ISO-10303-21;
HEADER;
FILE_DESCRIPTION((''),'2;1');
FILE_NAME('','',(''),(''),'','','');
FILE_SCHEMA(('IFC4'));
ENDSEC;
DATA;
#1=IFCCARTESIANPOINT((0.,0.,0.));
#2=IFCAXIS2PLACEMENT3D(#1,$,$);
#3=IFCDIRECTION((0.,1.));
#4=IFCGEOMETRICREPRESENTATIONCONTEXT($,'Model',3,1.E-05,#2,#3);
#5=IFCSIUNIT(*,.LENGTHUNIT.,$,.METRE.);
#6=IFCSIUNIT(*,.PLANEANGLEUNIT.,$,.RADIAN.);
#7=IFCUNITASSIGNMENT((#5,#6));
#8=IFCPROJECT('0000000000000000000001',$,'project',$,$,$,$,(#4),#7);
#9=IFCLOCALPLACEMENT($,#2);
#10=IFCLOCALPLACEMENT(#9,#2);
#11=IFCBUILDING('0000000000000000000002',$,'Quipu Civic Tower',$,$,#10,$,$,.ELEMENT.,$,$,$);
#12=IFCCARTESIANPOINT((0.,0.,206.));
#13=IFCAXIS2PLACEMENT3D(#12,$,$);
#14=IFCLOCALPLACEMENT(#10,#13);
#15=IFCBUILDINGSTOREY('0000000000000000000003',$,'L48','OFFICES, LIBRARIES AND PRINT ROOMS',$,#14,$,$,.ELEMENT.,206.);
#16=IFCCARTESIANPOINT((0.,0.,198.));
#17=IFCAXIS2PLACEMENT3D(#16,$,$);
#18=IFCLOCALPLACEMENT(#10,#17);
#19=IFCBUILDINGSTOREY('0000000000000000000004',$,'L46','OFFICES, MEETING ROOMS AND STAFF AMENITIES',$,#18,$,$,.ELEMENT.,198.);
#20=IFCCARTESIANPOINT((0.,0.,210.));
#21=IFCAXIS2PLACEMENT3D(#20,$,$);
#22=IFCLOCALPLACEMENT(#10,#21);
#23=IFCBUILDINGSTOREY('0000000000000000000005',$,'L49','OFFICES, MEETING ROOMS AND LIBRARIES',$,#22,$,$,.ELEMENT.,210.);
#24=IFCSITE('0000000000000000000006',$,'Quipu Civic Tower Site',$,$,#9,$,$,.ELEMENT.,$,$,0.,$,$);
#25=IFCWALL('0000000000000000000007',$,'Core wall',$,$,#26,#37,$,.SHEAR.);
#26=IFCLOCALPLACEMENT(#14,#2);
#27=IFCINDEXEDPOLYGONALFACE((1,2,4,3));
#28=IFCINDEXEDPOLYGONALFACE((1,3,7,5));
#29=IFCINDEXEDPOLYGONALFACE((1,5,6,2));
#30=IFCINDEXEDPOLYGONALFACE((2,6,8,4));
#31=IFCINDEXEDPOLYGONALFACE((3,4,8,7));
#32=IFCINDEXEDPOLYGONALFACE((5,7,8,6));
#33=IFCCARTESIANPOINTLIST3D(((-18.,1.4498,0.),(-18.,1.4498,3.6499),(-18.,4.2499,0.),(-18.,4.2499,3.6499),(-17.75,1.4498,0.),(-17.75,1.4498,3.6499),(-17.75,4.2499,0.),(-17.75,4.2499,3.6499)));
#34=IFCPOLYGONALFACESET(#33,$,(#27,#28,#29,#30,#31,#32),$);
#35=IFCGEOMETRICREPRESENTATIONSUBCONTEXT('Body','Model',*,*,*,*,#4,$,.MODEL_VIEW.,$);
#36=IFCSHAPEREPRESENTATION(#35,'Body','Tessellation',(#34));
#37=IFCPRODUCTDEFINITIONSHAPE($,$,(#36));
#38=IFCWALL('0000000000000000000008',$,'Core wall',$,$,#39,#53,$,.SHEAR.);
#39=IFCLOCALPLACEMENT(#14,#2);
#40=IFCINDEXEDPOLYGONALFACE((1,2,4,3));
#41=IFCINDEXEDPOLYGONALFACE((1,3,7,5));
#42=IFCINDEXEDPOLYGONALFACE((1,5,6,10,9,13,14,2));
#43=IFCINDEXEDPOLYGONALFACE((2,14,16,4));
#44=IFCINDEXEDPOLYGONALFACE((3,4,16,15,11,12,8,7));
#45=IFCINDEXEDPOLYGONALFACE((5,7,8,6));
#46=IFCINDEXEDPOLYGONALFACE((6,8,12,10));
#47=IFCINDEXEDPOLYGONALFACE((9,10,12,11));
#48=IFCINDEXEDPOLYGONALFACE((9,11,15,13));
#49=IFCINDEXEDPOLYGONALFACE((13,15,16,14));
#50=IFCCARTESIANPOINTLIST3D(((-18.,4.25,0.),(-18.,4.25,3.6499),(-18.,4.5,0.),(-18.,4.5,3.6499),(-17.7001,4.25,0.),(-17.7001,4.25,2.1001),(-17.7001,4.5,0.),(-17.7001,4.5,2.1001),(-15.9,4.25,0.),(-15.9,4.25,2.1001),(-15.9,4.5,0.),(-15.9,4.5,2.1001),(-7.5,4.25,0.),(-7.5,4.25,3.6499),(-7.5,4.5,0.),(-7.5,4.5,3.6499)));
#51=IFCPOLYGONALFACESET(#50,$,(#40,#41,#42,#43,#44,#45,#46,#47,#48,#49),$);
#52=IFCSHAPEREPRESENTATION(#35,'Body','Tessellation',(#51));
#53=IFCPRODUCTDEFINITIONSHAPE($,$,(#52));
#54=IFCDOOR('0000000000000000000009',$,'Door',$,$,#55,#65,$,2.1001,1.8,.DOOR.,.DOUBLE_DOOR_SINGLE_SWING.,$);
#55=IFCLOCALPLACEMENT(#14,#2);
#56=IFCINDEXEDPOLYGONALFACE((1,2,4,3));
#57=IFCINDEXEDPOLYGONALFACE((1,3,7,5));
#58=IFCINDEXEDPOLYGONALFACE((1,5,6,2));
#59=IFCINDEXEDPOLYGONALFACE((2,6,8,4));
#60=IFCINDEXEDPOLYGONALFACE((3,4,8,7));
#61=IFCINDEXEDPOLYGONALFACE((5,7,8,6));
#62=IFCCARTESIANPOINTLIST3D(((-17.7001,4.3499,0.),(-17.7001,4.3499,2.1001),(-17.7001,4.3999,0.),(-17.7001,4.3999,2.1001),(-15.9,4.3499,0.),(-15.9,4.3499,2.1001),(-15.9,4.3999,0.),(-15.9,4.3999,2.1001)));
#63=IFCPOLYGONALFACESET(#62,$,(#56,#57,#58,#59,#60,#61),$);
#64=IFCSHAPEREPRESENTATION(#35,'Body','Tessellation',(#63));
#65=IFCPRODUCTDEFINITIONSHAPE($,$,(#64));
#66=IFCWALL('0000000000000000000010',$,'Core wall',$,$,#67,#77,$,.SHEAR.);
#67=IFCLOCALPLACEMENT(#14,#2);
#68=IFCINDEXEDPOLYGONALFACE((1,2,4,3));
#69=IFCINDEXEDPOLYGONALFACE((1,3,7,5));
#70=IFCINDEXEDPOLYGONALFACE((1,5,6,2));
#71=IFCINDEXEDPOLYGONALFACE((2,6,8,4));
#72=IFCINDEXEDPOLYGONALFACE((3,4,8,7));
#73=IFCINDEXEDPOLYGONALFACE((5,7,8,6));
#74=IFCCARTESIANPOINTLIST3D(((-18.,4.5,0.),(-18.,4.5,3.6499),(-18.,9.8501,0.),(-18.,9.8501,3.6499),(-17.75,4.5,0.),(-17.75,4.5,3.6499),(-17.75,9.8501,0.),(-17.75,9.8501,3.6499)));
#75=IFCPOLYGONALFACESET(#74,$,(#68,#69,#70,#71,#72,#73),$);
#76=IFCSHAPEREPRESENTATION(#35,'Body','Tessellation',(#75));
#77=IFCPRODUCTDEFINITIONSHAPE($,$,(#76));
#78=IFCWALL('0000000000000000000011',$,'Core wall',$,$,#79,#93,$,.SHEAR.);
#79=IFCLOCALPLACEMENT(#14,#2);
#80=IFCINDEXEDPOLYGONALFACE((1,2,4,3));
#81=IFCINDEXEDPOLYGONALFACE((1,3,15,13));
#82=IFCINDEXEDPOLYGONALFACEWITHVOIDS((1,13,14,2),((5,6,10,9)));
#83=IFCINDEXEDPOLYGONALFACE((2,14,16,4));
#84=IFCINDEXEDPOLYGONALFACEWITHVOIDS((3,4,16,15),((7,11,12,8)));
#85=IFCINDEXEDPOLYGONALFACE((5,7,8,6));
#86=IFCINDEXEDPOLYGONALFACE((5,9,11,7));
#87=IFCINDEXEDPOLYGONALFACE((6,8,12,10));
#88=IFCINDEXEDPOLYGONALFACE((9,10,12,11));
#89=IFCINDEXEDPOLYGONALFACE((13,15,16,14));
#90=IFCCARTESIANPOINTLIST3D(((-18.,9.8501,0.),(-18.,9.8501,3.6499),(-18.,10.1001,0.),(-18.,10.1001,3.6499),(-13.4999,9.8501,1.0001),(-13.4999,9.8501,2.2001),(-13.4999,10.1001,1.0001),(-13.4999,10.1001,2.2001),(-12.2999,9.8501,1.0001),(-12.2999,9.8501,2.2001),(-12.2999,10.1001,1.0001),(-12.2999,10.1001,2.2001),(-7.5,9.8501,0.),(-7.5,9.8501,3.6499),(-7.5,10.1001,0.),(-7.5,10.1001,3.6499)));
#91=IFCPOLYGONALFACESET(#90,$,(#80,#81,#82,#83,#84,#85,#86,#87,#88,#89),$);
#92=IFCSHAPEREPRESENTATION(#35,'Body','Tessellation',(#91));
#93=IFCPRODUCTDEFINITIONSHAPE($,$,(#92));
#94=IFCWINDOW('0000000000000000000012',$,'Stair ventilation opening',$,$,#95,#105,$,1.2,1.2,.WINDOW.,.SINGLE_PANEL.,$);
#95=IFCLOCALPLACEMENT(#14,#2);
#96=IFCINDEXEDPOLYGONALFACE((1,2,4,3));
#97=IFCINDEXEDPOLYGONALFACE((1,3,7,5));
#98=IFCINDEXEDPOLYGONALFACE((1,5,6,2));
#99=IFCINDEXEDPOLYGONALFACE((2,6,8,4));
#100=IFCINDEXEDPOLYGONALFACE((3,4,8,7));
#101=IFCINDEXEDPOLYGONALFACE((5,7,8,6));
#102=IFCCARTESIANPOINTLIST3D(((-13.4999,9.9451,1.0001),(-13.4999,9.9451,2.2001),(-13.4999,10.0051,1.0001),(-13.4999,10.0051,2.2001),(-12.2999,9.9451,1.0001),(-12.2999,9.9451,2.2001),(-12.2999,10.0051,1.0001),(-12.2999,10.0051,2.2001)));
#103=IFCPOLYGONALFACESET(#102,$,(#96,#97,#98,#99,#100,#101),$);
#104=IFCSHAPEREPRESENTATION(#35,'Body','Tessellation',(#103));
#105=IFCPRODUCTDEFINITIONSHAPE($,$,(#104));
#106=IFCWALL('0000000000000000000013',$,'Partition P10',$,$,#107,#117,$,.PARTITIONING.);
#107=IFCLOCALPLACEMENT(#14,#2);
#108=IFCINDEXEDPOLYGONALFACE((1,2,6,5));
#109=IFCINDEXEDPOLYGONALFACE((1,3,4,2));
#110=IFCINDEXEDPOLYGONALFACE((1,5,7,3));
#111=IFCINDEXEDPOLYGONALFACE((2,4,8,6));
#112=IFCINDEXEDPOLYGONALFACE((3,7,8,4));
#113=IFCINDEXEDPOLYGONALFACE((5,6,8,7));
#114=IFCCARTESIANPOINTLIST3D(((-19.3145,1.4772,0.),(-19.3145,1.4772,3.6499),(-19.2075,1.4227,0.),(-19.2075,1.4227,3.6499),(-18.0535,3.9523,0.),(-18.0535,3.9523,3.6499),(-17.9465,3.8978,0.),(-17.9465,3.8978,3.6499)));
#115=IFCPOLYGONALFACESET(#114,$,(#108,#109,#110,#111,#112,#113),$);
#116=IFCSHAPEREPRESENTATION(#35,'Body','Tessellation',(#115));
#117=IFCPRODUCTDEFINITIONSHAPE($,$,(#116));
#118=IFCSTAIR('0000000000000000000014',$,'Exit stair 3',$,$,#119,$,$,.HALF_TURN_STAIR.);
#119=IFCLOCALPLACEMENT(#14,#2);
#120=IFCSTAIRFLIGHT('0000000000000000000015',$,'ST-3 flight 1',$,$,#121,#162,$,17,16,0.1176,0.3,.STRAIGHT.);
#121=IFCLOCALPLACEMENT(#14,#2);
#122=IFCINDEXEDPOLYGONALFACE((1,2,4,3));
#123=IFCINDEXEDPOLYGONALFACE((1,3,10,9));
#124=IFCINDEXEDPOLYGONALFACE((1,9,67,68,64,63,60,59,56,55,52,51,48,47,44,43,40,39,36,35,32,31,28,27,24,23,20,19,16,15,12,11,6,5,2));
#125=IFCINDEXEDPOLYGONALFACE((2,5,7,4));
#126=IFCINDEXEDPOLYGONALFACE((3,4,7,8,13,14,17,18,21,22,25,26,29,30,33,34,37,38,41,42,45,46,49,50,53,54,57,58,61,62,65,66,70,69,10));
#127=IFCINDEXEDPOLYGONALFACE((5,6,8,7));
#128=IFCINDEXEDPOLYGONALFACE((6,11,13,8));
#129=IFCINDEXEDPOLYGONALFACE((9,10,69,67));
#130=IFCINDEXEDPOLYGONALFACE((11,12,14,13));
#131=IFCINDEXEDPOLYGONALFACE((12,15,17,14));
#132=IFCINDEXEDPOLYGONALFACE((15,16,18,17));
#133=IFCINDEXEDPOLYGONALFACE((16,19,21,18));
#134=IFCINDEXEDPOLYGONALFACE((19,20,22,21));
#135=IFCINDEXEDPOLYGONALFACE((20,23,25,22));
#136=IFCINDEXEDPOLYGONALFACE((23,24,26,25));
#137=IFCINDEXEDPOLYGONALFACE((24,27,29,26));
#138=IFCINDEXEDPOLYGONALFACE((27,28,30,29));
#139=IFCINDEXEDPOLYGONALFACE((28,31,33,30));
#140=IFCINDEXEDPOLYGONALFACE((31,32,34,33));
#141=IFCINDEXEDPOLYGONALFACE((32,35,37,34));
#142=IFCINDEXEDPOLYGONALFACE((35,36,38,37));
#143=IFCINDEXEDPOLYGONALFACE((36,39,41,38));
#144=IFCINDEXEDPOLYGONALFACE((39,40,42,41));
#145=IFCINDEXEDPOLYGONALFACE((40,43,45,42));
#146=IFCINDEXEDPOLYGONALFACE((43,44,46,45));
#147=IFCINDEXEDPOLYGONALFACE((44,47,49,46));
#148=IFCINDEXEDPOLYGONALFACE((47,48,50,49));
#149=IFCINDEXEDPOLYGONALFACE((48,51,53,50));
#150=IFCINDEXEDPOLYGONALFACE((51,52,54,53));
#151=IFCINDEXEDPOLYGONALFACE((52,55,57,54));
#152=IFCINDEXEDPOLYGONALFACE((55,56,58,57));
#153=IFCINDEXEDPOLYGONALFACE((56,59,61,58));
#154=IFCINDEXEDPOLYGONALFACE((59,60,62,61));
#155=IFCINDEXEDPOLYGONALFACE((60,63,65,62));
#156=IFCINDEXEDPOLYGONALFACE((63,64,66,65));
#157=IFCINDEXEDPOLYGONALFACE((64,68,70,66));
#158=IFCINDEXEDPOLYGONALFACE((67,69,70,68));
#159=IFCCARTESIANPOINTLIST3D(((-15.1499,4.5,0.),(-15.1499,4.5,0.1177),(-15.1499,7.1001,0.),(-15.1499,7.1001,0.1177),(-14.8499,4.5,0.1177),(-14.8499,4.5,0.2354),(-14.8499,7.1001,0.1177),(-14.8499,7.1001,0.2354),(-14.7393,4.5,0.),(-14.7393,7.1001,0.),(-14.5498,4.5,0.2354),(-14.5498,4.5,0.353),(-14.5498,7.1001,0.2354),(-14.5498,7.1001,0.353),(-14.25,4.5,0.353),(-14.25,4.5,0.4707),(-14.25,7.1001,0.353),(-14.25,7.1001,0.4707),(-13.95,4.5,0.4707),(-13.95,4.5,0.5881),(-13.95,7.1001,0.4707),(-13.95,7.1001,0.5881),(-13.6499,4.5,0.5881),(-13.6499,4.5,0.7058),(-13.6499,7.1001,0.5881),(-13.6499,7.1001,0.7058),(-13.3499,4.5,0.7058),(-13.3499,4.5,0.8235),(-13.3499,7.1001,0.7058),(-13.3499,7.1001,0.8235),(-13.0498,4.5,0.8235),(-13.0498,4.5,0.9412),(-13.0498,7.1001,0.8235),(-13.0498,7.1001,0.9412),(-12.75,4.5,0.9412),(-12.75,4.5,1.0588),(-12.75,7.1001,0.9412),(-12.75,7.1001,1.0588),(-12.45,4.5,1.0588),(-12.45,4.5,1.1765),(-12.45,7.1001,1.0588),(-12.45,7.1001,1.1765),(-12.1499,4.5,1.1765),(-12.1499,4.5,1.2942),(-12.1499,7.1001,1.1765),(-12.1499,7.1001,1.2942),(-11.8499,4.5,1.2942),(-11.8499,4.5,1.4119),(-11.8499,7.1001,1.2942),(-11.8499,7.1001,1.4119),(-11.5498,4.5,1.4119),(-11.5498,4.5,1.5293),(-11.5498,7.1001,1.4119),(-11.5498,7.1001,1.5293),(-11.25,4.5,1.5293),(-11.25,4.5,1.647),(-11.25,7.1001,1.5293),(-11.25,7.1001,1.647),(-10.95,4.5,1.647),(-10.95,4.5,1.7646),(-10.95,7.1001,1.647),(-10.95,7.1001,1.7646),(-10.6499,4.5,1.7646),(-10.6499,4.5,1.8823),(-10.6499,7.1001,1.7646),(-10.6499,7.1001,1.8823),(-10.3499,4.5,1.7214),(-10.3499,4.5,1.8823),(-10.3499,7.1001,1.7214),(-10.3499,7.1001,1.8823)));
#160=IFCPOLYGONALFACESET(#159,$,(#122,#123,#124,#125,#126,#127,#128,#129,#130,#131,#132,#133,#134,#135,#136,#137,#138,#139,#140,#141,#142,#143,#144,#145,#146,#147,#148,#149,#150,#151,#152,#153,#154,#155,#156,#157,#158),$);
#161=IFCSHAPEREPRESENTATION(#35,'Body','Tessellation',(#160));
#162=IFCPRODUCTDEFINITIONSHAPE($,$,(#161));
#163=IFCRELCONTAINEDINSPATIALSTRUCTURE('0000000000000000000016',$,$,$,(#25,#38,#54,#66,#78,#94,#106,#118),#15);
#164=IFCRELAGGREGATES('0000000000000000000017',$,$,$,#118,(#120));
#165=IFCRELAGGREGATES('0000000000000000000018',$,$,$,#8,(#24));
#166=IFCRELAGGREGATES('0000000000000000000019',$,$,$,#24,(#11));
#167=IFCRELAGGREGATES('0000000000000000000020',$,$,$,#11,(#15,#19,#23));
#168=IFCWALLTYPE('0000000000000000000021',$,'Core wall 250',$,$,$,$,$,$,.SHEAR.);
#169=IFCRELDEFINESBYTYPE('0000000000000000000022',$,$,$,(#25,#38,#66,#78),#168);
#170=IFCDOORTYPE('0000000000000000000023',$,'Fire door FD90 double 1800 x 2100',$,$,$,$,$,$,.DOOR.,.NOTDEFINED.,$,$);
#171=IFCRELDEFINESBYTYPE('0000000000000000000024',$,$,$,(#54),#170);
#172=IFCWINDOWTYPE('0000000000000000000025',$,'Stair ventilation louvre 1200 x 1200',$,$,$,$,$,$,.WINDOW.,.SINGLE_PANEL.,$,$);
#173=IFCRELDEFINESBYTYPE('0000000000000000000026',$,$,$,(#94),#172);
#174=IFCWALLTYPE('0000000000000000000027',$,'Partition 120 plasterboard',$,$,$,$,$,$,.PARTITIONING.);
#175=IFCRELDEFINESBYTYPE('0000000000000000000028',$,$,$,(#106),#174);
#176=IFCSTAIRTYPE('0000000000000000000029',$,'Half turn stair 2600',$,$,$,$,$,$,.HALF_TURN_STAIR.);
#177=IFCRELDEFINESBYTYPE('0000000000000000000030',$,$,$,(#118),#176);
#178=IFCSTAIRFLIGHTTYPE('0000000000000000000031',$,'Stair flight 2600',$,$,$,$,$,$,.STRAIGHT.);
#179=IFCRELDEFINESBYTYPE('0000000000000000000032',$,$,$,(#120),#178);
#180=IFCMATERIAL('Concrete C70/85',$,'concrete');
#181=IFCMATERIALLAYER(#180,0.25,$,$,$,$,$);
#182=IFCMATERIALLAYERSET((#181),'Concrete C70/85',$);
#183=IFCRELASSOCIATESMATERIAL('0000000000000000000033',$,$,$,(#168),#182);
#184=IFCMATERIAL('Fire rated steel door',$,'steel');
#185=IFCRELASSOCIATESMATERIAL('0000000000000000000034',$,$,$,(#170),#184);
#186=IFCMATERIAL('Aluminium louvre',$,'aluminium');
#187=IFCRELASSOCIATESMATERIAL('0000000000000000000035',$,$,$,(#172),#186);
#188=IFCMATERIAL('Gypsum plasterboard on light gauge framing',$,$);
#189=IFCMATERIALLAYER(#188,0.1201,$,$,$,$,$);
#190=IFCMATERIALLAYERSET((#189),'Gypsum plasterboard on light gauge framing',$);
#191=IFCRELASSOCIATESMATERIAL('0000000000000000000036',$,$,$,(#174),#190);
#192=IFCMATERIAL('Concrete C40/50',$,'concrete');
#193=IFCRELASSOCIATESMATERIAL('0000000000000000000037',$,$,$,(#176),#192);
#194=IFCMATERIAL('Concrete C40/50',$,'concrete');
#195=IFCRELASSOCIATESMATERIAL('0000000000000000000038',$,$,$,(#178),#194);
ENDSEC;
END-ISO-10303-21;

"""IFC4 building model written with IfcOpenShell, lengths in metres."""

from ifc_helpers import new_model, si_unit, direction, frame, frame_2d, origin, place, context, subcontext, project, spatial, polyline, rectangle, outline, extrude, material, layer, layer_set, type_object, element, fill, aggregate, save


model = new_model("IFC4")

# Units and contexts
model_context = context("Model", 3, precision=1e-05, world=origin(), true_north=direction((0.0, 1.0)))
body_context = subcontext(model_context, "Body", "Model", "MODEL_VIEW")
ifc_project = project(units=[si_unit("LENGTHUNIT", "METRE"), si_unit("PLANEANGLEUNIT", "RADIAN")], contexts=[model_context])

# Site, building, storey
site_placement = place(None, origin())
site = spatial("IfcSite", under=ifc_project, at=site_placement, Name="Quipu Civic Tower Site", CompositionType="ELEMENT", RefElevation=0.0)
building_placement = place(site_placement, origin())
building = spatial("IfcBuilding", under=site, at=building_placement, Name="Quipu Civic Tower", CompositionType="ELEMENT")
storey_1_placement = place(building_placement, frame((0.0, 0.0, 206.0)))
storey_1 = spatial("IfcBuildingStorey", under=building, at=storey_1_placement, Name="L48", Description="OFFICES, LIBRARIES AND PRINT ROOMS", CompositionType="ELEMENT", Elevation=206.0)

# Shared definitions
storey_2_placement = place(building_placement, frame((0.0, 0.0, 198.0)))
storey_2 = spatial("IfcBuildingStorey", under=building, at=storey_2_placement, Name="L46", Description="OFFICES, MEETING ROOMS AND STAFF AMENITIES", CompositionType="ELEMENT", Elevation=198.0)

# Shared definitions
storey_3_placement = place(building_placement, frame((0.0, 0.0, 210.0)))
storey_3 = spatial("IfcBuildingStorey", under=building, at=storey_3_placement, Name="L49", Description="OFFICES, MEETING ROOMS AND LIBRARIES", CompositionType="ELEMENT", Elevation=210.0)

# Wall
ifc_material_1 = material(Name="Concrete C70/85", Category="concrete")
ifc_layer_1 = layer(ifc_material_1, 0.25)
ifc_layer_set_1 = layer_set([ifc_layer_1], Name="Concrete C70/85")
wall_type_1 = type_object("IfcWallType", Name="Core wall 250", PredefinedType="SHEAR", material=ifc_layer_set_1)
wall_1_placement = place(storey_1_placement, frame((-17.875, 1.45, 0.0), z_axis=(0.0, 0.0, 1.0), x_axis=(0.0, 1.0, 0.0)))
element("IfcWall", 1, at=wall_1_placement, inside=storey_1, type_object=wall_type_1, Name="Core wall", PredefinedType="SHEAR", context=body_context, shape_type="SweptSolid", body=[
    extrude(rectangle(XDim=2.8, YDim=0.25, at=frame_2d((1.3999, 0.0))), origin(), (0.0, 0.0, 1.0), 3.6499),
])

# Wall, opening, door
wall_2_placement = place(storey_1_placement, frame((-18.0, 4.375, 0.0), z_axis=(0.0, 0.0, 1.0), x_axis=(1.0, 0.0, 0.0)))
wall_2 = element("IfcWall", 2, at=wall_2_placement, inside=storey_1, type_object=wall_type_1, Name="Core wall", PredefinedType="SHEAR", context=body_context, shape_type="SweptSolid", body=[
    extrude(rectangle(XDim=10.5, YDim=0.25, at=frame_2d((5.25, 0.0))), origin(), (0.0, 0.0, 1.0), 3.6499),
])
opening_1_placement = place(wall_2_placement, frame((0.3, 0.0, 0.0)))
opening_1 = element("IfcOpeningElement", 3, at=opening_1_placement, cuts=wall_2, PredefinedType="OPENING", context=body_context, shape_type="SweptSolid", body=[
    extrude(rectangle(XDim=1.8, YDim=2.1001, at=frame_2d((0.8999, 1.05))), frame((0.0, 0.135, 0.0), z_axis=(0.0, -1.0, 0.0), x_axis=(1.0, 0.0, 0.0)), (0.0, 0.0, 1.0), 0.27),
])
ifc_material_2 = material(Name="Fire rated steel door", Category="steel")
door_type = type_object("IfcDoorType", Name="Fire door FD90 double 1800 x 2100", OperationType="NOTDEFINED", PredefinedType="DOOR", material=ifc_material_2)
door_placement = place(opening_1_placement, origin())
door = element("IfcDoor", 4, at=door_placement, inside=storey_1, type_object=door_type, Name="Door", OperationType="DOUBLE_DOOR_SINGLE_SWING", OverallHeight=2.1001, OverallWidth=1.8, PredefinedType="DOOR", context=body_context, shape_type="SweptSolid", body=[
    extrude(rectangle(XDim=1.8, YDim=2.1001, at=frame_2d((0.8999, 1.05))), frame((0.0, 0.0249, 0.0), z_axis=(0.0, -1.0, 0.0), x_axis=(1.0, 0.0, 0.0)), (0.0, 0.0, 1.0), 0.05),
])
fill(opening_1, door)

# Wall
wall_3_placement = place(storey_1_placement, frame((-17.875, 4.5, 0.0), z_axis=(0.0, 0.0, 1.0), x_axis=(0.0, 1.0, 0.0)))
element("IfcWall", 5, at=wall_3_placement, inside=storey_1, type_object=wall_type_1, Name="Core wall", PredefinedType="SHEAR", context=body_context, shape_type="SweptSolid", body=[
    extrude(rectangle(XDim=5.3501, YDim=0.25, at=frame_2d((2.675, 0.0))), origin(), (0.0, 0.0, 1.0), 3.6499),
])

# Wall, opening, window
wall_4_placement = place(storey_1_placement, frame((-18.0, 9.9751, 0.0), z_axis=(0.0, 0.0, 1.0), x_axis=(1.0, 0.0, 0.0)))
wall_4 = element("IfcWall", 6, at=wall_4_placement, inside=storey_1, type_object=wall_type_1, Name="Core wall", PredefinedType="SHEAR", context=body_context, shape_type="SweptSolid", body=[
    extrude(rectangle(XDim=10.5, YDim=0.25, at=frame_2d((5.25, 0.0))), origin(), (0.0, 0.0, 1.0), 3.6499),
])
opening_2_placement = place(wall_4_placement, frame((4.5, 0.0, 1.0)))
opening_2 = element("IfcOpeningElement", 7, at=opening_2_placement, cuts=wall_4, PredefinedType="OPENING", context=body_context, shape_type="SweptSolid", body=[
    extrude(rectangle(XDim=1.2, YDim=1.2, at=frame_2d((0.6001, 0.6001))), frame((0.0, 0.135, 0.0), z_axis=(0.0, -1.0, 0.0), x_axis=(1.0, 0.0, 0.0)), (0.0, 0.0, 1.0), 0.27),
])
ifc_material_3 = material(Name="Aluminium louvre", Category="aluminium")
window_type = type_object("IfcWindowType", Name="Stair ventilation louvre 1200 x 1200", PartitioningType="SINGLE_PANEL", PredefinedType="WINDOW", material=ifc_material_3)
window_placement = place(opening_2_placement, origin())
window = element("IfcWindow", 8, at=window_placement, inside=storey_1, type_object=window_type, Name="Stair ventilation opening", OverallHeight=1.2, OverallWidth=1.2, PartitioningType="SINGLE_PANEL", PredefinedType="WINDOW", context=body_context, shape_type="SweptSolid", body=[
    extrude(rectangle(XDim=1.2, YDim=1.2, at=frame_2d((0.6001, 0.6001))), frame((0.0, 0.03, 0.0), z_axis=(0.0, -1.0, 0.0), x_axis=(1.0, 0.0, 0.0)), (0.0, 0.0, 1.0), 0.0601),
])
fill(opening_2, window)

# Wall
ifc_material_4 = material(Name="Gypsum plasterboard on light gauge framing")
ifc_layer_2 = layer(ifc_material_4, 0.1201)
ifc_layer_set_2 = layer_set([ifc_layer_2], Name="Gypsum plasterboard on light gauge framing")
wall_type_2 = type_object("IfcWallType", Name="Partition 120 plasterboard", PredefinedType="PARTITIONING", material=ifc_layer_set_2)
wall_5_placement = place(storey_1_placement, frame((-19.261, 1.45, 0.0), z_axis=(0.0, 0.0, 1.0), x_axis=(0.453951, 0.891027, 0.0)))
element("IfcWall", 9, at=wall_5_placement, inside=storey_1, type_object=wall_type_2, Name="Partition P10", PredefinedType="PARTITIONING", context=body_context, shape_type="SweptSolid", body=[
    extrude(rectangle(XDim=2.7778, YDim=0.1201, at=frame_2d((1.3889, 0.0))), origin(), (0.0, 0.0, 1.0), 3.6499),
])

# Stair, stair flight
ifc_material_5 = material(Name="Concrete C40/50", Category="concrete")
stair_type = type_object("IfcStairType", Name="Half turn stair 2600", PredefinedType="HALF_TURN_STAIR", material=ifc_material_5)
stair_placement = place(storey_1_placement, origin())
stair = element("IfcStair", 10, at=stair_placement, inside=storey_1, type_object=stair_type, Name="Exit stair 3", PredefinedType="HALF_TURN_STAIR")
ifc_material_6 = material(Name="Concrete C40/50", Category="concrete")
stair_flight_type = type_object("IfcStairFlightType", Name="Stair flight 2600", PredefinedType="STRAIGHT", material=ifc_material_6)
stair_flight_placement = place(storey_1_placement, frame((-15.1499, 5.8, 0.0), z_axis=(0.0, 0.0, 1.0), x_axis=(1.0, 0.0, 0.0)))
stair_flight = element("IfcStairFlight", 11, at=stair_flight_placement, type_object=stair_flight_type, Name="ST-3 flight 1", NumberOfRisers=17, NumberOfTreads=16, PredefinedType="STRAIGHT", RiserHeight=0.1176, TreadLength=0.3, context=body_context, shape_type="SweptSolid", body=[
    extrude(outline(polyline([(0.0, 0.0), (0.0, 0.1177), (0.3, 0.1177), (0.3, 0.2354), (0.6001, 0.2354), (0.6001, 0.353), (0.8999, 0.353), (0.8999, 0.4707), (1.2, 0.4707), (1.2, 0.5881), (1.5, 0.5881), (1.5, 0.7058), (1.8, 0.7058), (1.8, 0.8235), (2.1001, 0.8235), (2.1001, 0.9412), (2.3999, 0.9412), (2.3999, 1.0588), (2.7, 1.0588), (2.7, 1.1765), (3.0, 1.1765), (3.0, 1.2942), (3.3, 1.2942), (3.3, 1.4119), (3.6001, 1.4119), (3.6001, 1.5293), (3.8999, 1.5293), (3.8999, 1.647), (4.2, 1.647), (4.2, 1.7646), (4.5, 1.7646), (4.5, 1.8823), (4.8, 1.8823), (4.8, 2.0), (4.8, 1.7214), (0.4106, 0.0), (0.0, 0.0)])), frame((0.0, 1.3, 0.0), z_axis=(0.0, -1.0, 0.0), x_axis=(1.0, 0.0, 0.0)), (0.0, 0.0, 1.0), 2.6001),
])
aggregate(stair, [stair_flight])

save(model, "model.ifc")
